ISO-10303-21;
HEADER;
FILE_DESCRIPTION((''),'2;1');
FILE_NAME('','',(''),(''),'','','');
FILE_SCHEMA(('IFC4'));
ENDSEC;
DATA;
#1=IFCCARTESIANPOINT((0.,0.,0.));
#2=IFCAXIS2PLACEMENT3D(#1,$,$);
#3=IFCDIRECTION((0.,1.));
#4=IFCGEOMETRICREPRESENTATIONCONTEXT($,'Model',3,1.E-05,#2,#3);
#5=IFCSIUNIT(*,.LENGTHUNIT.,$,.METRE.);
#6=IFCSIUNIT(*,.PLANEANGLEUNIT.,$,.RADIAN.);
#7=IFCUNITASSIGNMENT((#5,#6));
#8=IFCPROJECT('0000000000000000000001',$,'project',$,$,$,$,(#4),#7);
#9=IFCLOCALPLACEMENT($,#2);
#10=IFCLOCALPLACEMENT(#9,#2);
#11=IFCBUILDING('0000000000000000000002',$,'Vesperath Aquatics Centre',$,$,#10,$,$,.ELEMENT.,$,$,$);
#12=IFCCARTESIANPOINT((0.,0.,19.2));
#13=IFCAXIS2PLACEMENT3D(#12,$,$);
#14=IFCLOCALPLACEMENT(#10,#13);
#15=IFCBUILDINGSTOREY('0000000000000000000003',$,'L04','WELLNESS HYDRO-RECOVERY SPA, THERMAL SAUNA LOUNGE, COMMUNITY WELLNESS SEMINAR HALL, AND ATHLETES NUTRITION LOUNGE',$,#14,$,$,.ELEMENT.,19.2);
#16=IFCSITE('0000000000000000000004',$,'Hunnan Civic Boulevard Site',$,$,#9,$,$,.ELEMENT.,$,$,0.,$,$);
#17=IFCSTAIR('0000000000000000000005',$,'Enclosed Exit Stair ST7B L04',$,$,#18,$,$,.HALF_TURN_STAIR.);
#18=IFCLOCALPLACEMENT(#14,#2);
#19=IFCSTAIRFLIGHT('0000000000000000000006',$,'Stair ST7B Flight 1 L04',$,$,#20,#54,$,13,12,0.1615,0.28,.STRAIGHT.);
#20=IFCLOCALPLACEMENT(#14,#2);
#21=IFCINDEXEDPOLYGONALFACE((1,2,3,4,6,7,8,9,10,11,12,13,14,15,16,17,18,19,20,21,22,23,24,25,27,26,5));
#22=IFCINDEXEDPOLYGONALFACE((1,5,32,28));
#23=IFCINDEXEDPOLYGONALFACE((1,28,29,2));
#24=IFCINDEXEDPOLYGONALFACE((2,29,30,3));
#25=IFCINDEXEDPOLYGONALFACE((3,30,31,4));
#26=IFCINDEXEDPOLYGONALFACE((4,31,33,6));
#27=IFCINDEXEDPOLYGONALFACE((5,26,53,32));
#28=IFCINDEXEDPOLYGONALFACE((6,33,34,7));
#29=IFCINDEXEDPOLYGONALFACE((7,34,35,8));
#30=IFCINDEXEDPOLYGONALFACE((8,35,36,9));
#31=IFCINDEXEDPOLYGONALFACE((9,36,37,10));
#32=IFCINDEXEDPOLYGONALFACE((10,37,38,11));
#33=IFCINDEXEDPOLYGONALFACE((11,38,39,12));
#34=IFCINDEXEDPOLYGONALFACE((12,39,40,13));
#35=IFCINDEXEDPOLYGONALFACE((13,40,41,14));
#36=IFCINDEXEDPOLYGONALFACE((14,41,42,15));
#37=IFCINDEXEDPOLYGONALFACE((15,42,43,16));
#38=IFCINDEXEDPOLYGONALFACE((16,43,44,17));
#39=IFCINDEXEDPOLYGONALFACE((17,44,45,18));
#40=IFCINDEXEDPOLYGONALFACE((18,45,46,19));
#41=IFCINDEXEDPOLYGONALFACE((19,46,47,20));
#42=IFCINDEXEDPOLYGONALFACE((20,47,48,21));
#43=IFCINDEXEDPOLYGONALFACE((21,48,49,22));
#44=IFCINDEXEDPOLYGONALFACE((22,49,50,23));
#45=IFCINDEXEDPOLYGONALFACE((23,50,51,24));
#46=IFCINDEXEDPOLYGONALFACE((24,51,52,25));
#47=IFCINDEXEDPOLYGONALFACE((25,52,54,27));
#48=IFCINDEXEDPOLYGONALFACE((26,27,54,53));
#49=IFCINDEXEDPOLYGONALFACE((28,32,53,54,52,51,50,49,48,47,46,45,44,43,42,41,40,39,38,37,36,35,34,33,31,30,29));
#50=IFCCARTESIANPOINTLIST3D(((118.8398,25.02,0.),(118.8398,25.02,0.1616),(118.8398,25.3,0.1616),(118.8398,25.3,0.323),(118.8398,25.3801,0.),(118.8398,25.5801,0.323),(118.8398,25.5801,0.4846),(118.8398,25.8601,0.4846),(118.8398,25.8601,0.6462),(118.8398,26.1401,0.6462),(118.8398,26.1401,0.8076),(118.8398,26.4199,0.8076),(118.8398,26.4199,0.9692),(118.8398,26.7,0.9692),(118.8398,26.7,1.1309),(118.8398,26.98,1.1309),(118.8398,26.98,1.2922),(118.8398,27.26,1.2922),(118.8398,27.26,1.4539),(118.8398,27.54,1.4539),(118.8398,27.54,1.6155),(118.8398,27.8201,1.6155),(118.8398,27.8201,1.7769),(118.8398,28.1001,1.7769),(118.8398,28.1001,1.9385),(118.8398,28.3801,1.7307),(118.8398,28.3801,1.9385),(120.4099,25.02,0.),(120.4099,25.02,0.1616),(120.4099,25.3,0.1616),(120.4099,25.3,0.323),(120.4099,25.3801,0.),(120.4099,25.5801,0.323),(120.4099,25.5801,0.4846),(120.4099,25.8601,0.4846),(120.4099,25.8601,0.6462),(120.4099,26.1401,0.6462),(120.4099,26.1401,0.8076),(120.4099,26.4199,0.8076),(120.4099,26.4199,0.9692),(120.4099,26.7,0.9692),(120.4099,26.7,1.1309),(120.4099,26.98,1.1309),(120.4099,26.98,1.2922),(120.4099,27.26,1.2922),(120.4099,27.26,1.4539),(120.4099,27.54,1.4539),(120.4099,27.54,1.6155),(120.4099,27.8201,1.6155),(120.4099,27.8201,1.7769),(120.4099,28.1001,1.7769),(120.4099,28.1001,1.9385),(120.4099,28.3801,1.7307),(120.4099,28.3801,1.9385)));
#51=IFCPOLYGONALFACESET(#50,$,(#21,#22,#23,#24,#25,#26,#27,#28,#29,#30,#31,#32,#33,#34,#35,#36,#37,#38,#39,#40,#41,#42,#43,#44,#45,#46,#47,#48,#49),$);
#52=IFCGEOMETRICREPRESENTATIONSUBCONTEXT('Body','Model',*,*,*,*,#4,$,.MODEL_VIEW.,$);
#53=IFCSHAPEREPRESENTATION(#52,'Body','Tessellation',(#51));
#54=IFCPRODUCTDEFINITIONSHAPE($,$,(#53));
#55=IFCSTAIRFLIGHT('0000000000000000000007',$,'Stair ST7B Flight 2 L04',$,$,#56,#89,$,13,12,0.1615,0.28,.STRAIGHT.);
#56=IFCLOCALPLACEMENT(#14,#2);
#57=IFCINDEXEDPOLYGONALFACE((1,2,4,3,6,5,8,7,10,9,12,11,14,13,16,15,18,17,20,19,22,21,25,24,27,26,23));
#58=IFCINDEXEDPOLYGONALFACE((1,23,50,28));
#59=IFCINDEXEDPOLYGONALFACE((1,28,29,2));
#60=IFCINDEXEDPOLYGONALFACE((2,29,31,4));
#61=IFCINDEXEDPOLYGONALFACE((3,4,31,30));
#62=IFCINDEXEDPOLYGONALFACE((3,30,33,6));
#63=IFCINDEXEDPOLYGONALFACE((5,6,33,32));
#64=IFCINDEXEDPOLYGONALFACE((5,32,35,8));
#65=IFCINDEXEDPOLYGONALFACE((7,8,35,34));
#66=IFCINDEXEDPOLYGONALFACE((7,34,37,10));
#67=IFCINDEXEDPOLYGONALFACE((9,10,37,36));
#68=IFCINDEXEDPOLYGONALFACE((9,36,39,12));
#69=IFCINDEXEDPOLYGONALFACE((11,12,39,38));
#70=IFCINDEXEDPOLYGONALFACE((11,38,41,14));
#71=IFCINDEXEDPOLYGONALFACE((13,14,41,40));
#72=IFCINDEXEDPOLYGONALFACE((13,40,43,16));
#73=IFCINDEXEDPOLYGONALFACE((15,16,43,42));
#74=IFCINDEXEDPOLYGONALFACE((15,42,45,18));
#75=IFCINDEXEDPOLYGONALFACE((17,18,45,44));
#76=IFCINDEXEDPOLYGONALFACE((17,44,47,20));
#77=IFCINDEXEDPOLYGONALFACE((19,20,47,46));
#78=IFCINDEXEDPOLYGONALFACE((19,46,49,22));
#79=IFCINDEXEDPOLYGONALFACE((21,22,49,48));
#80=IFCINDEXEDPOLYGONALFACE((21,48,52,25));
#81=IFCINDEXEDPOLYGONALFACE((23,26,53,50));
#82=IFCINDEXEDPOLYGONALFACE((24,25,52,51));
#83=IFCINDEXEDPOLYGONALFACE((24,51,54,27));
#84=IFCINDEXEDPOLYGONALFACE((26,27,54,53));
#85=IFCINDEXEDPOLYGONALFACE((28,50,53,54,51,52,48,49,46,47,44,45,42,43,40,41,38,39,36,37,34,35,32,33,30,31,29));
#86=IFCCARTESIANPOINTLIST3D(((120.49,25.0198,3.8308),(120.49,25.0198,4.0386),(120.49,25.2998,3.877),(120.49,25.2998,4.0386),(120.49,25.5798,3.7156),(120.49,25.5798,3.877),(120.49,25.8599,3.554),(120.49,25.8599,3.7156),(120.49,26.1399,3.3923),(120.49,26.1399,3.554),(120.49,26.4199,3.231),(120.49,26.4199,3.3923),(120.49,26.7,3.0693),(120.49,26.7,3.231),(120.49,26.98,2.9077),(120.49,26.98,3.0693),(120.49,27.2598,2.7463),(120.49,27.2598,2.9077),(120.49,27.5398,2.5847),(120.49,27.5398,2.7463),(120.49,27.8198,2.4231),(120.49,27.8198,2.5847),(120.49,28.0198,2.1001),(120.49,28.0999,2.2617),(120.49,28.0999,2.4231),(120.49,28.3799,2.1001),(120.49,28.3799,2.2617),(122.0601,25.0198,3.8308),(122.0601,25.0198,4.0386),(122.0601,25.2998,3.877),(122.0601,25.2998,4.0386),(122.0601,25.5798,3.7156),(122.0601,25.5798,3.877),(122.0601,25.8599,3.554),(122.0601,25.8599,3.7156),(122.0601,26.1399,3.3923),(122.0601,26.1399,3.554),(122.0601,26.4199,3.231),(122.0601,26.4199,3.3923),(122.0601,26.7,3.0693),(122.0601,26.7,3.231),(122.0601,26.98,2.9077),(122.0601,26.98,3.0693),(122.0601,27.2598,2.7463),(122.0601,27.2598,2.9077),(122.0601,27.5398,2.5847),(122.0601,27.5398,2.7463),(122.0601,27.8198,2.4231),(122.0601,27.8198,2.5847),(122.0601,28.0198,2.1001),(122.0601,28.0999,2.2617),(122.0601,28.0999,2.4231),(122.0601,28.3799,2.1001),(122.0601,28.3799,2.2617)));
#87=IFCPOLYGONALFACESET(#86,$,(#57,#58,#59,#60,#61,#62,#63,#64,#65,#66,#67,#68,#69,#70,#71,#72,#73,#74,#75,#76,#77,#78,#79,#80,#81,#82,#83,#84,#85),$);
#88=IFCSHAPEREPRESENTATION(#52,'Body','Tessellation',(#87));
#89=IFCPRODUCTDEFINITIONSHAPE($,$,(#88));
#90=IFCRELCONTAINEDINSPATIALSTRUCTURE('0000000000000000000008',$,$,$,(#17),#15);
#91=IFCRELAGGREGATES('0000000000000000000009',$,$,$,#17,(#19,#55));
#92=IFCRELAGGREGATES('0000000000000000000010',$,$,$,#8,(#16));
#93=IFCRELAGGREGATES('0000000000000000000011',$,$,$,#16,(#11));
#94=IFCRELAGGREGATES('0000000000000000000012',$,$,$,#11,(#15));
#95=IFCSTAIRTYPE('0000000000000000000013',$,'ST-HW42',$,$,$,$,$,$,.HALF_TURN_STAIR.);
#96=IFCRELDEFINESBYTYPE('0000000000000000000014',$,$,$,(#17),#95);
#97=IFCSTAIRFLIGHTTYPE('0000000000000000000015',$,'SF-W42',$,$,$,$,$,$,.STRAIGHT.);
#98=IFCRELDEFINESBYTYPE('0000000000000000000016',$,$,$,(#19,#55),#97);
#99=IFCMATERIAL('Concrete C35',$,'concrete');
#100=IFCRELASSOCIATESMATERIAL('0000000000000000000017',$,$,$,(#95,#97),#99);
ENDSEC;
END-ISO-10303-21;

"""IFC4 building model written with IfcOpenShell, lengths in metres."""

from ifc_helpers import new_model, si_unit, direction, frame, origin, place, context, subcontext, project, spatial, polyline, outline, extrude, material, type_object, element, aggregate, save


model = new_model("IFC4")

# Units and contexts
model_context = context("Model", 3, precision=1e-05, world=origin(), true_north=direction((0.0, 1.0)))
body_context = subcontext(model_context, "Body", "Model", "MODEL_VIEW")
ifc_project = project(units=[si_unit("LENGTHUNIT", "METRE"), si_unit("PLANEANGLEUNIT", "RADIAN")], contexts=[model_context])

# Site, building, storey
site_placement = place(None, origin())
site = spatial("IfcSite", under=ifc_project, at=site_placement, Name="Hunnan Civic Boulevard Site", CompositionType="ELEMENT", RefElevation=0.0)
building_placement = place(site_placement, origin())
building = spatial("IfcBuilding", under=site, at=building_placement, Name="Vesperath Aquatics Centre", CompositionType="ELEMENT")
storey_placement = place(building_placement, frame((0.0, 0.0, 19.2)))
storey = spatial("IfcBuildingStorey", under=building, at=storey_placement, Name="L04", Description="WELLNESS HYDRO-RECOVERY SPA, THERMAL SAUNA LOUNGE, COMMUNITY WELLNESS SEMINAR HALL, AND ATHLETES NUTRITION LOUNGE", CompositionType="ELEMENT", Elevation=19.2)

# Shared definitions
ifc_material_1 = material(Name="Concrete C35", Category="concrete")

# Stair, stair flights
stair_type = type_object("IfcStairType", Name="ST-HW42", PredefinedType="HALF_TURN_STAIR", material=ifc_material_1)
stair_flight_type = type_object("IfcStairFlightType", Name="SF-W42", PredefinedType="STRAIGHT", material=ifc_material_1)
stair_1_placement = place(storey_placement, origin())
stair_1 = element("IfcStair", 1, at=stair_1_placement, inside=storey, type_object=stair_type, Name="Enclosed Exit Stair ST7B L04", PredefinedType="HALF_TURN_STAIR")
stair_flight_1_placement = place(storey_placement, frame((119.625, 25.02, 0.0), z_axis=(0.0, 0.0, 1.0), x_axis=(0.0, 1.0, 0.0)))
stair_flight_1 = element("IfcStairFlight", 2, at=stair_flight_1_placement, type_object=stair_flight_type, Name="Stair ST7B Flight 1 L04", NumberOfRisers=13, NumberOfTreads=12, PredefinedType="STRAIGHT", RiserHeight=0.1615, TreadLength=0.28, context=body_context, shape_type="SweptSolid", body=[
    extrude(outline(polyline([(0.0, 0.0), (0.0, 0.1616), (0.28, 0.1616), (0.28, 0.323), (0.5601, 0.323), (0.5601, 0.4846), (0.8401, 0.4846), (0.8401, 0.6462), (1.1201, 0.6462), (1.1201, 0.8076), (1.3999, 0.8076), (1.3999, 0.9692), (1.6799, 0.9692), (1.6799, 1.1309), (1.96, 1.1309), (1.96, 1.2922), (2.24, 1.2922), (2.24, 1.4539), (2.52, 1.4539), (2.52, 1.6155), (2.8, 1.6155), (2.8, 1.7769), (3.0801, 1.7769), (3.0801, 1.9385), (3.3601, 1.9385), (3.3601, 2.1001), (3.3601, 1.7307), (0.3601, 0.0), (0.0, 0.0)])), frame((0.0, 0.7852, 0.0), z_axis=(0.0, -1.0, 0.0), x_axis=(1.0, 0.0, 0.0)), (0.0, 0.0, 1.0), 1.5701),
])
stair_flight_2_placement = place(storey_placement, frame((121.2749, 28.3799, 2.1001), z_axis=(0.0, 0.0, 1.0), x_axis=(0.0, -1.0, 0.0)))
stair_flight_2 = element("IfcStairFlight", 3, at=stair_flight_2_placement, type_object=stair_flight_type, Name="Stair ST7B Flight 2 L04", NumberOfRisers=13, NumberOfTreads=12, PredefinedType="STRAIGHT", RiserHeight=0.1615, TreadLength=0.28, context=body_context, shape_type="SweptSolid", body=[
    extrude(outline(polyline([(0.0, 0.0), (0.0, 0.1616), (0.28, 0.1616), (0.28, 0.323), (0.5601, 0.323), (0.5601, 0.4846), (0.8401, 0.4846), (0.8401, 0.6462), (1.1201, 0.6462), (1.1201, 0.8076), (1.3999, 0.8076), (1.3999, 0.9692), (1.6799, 0.9692), (1.6799, 1.1309), (1.96, 1.1309), (1.96, 1.2922), (2.24, 1.2922), (2.24, 1.4539), (2.52, 1.4539), (2.52, 1.6155), (2.8, 1.6155), (2.8, 1.7769), (3.0801, 1.7769), (3.0801, 1.9385), (3.3601, 1.9385), (3.3601, 2.1001), (3.3601, 1.7307), (0.3601, 0.0), (0.0, 0.0)])), frame((0.0, 0.7852, 0.0), z_axis=(0.0, -1.0, 0.0), x_axis=(1.0, 0.0, 0.0)), (0.0, 0.0, 1.0), 1.5701),
])
aggregate(stair_1, [stair_flight_1, stair_flight_2])

save(model, "model.ifc")
